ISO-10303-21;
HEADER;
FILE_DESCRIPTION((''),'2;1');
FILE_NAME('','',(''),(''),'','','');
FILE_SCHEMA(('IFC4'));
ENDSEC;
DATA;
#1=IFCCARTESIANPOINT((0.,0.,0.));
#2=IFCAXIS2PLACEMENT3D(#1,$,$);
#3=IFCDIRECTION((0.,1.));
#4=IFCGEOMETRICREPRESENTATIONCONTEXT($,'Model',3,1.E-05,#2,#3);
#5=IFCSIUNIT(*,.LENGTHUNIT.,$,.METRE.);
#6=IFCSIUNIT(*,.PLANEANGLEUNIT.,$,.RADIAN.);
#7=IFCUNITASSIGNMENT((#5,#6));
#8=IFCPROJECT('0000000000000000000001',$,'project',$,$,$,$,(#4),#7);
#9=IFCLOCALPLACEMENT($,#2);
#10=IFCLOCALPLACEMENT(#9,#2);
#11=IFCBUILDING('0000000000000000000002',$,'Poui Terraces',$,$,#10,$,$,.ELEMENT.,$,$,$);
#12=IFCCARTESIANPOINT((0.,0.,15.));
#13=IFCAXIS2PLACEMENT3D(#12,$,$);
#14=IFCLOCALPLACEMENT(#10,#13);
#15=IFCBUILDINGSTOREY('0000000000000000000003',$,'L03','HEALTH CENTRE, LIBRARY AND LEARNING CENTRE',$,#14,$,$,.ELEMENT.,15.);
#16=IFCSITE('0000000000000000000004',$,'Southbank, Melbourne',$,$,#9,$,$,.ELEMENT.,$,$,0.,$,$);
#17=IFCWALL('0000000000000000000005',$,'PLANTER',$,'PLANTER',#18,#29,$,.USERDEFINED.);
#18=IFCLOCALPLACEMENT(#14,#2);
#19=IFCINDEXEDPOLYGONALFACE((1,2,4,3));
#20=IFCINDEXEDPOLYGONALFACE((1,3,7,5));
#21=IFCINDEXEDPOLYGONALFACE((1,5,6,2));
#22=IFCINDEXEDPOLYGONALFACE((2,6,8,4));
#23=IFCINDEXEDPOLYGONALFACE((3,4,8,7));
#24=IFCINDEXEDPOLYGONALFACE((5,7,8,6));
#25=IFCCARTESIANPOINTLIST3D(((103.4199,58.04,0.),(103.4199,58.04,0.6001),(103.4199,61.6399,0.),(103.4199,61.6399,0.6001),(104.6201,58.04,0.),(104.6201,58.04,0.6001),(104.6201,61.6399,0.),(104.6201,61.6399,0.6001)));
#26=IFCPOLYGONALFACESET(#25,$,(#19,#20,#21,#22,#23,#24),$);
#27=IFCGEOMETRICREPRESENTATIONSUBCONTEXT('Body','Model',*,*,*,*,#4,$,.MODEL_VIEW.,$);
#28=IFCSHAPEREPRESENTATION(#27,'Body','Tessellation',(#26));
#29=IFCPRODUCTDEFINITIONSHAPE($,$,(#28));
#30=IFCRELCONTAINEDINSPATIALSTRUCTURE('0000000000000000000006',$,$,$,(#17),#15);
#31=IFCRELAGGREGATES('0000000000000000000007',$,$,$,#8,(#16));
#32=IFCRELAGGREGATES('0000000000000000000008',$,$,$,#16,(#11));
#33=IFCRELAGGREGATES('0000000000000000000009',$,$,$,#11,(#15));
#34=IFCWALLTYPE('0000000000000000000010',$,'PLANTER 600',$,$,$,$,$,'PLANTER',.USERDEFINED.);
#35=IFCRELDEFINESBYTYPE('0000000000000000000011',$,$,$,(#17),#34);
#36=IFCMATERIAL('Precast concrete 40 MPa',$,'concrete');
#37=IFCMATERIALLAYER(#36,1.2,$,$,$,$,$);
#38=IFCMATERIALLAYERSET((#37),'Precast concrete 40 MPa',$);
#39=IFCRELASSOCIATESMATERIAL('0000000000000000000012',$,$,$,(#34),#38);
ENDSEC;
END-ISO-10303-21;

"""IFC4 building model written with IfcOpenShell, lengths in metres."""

from ifc_helpers import new_model, si_unit, direction, frame, origin, place, context, subcontext, project, spatial, polyline, outline, extrude, source, transform, mapped, material, layer, layer_set, type_object, element, save


model = new_model("IFC4")

# Units and contexts
model_context = context("Model", 3, precision=1e-05, world=origin(), true_north=direction((0.0, 1.0)))
body_context = subcontext(model_context, "Body", "Model", "MODEL_VIEW")
ifc_project = project(units=[si_unit("LENGTHUNIT", "METRE"), si_unit("PLANEANGLEUNIT", "RADIAN")], contexts=[model_context])

# Site, building, storey
site_placement = place(None, origin())
site = spatial("IfcSite", under=ifc_project, at=site_placement, Name="Southbank, Melbourne", CompositionType="ELEMENT", RefElevation=0.0)
building_placement = place(site_placement, origin())
building = spatial("IfcBuilding", under=site, at=building_placement, Name="Poui Terraces", CompositionType="ELEMENT")
storey_placement = place(building_placement, frame((0.0, 0.0, 15.0)))
storey = spatial("IfcBuildingStorey", under=building, at=storey_placement, Name="L03", Description="HEALTH CENTRE, LIBRARY AND LEARNING CENTRE", CompositionType="ELEMENT", Elevation=15.0)

# Wall
ifc_material_1 = material(Name="Precast concrete 40 MPa", Category="concrete")
ifc_layer = layer(ifc_material_1, 1.2)
ifc_layer_set = layer_set([ifc_layer], Name="Precast concrete 40 MPa")
wall_type = type_object("IfcWallType", Name="PLANTER 600", ElementType="PLANTER", PredefinedType="USERDEFINED", material=ifc_layer_set)
shared_shape_1 = source(origin(), body_context, "Body", "SweptSolid", [
    extrude(outline(polyline([(0.0, 0.0), (1.2002, 0.0), (1.2002, 3.5999), (0.0, 3.5999), (0.0, 0.0)])), origin(), (0.0, 0.0, 1.0), 0.6001),
])
wall_placement = place(storey_placement, frame((103.4199, 58.04, 0.0)))
element("IfcWall", 1, at=wall_placement, inside=storey, type_object=wall_type, Name="PLANTER", ObjectType="PLANTER", PredefinedType="USERDEFINED", context=body_context, shape_type="MappedRepresentation", body=[
    mapped(shared_shape_1, transform((0.0, 0.0, 0.0))),
])

save(model, "model.ifc")
